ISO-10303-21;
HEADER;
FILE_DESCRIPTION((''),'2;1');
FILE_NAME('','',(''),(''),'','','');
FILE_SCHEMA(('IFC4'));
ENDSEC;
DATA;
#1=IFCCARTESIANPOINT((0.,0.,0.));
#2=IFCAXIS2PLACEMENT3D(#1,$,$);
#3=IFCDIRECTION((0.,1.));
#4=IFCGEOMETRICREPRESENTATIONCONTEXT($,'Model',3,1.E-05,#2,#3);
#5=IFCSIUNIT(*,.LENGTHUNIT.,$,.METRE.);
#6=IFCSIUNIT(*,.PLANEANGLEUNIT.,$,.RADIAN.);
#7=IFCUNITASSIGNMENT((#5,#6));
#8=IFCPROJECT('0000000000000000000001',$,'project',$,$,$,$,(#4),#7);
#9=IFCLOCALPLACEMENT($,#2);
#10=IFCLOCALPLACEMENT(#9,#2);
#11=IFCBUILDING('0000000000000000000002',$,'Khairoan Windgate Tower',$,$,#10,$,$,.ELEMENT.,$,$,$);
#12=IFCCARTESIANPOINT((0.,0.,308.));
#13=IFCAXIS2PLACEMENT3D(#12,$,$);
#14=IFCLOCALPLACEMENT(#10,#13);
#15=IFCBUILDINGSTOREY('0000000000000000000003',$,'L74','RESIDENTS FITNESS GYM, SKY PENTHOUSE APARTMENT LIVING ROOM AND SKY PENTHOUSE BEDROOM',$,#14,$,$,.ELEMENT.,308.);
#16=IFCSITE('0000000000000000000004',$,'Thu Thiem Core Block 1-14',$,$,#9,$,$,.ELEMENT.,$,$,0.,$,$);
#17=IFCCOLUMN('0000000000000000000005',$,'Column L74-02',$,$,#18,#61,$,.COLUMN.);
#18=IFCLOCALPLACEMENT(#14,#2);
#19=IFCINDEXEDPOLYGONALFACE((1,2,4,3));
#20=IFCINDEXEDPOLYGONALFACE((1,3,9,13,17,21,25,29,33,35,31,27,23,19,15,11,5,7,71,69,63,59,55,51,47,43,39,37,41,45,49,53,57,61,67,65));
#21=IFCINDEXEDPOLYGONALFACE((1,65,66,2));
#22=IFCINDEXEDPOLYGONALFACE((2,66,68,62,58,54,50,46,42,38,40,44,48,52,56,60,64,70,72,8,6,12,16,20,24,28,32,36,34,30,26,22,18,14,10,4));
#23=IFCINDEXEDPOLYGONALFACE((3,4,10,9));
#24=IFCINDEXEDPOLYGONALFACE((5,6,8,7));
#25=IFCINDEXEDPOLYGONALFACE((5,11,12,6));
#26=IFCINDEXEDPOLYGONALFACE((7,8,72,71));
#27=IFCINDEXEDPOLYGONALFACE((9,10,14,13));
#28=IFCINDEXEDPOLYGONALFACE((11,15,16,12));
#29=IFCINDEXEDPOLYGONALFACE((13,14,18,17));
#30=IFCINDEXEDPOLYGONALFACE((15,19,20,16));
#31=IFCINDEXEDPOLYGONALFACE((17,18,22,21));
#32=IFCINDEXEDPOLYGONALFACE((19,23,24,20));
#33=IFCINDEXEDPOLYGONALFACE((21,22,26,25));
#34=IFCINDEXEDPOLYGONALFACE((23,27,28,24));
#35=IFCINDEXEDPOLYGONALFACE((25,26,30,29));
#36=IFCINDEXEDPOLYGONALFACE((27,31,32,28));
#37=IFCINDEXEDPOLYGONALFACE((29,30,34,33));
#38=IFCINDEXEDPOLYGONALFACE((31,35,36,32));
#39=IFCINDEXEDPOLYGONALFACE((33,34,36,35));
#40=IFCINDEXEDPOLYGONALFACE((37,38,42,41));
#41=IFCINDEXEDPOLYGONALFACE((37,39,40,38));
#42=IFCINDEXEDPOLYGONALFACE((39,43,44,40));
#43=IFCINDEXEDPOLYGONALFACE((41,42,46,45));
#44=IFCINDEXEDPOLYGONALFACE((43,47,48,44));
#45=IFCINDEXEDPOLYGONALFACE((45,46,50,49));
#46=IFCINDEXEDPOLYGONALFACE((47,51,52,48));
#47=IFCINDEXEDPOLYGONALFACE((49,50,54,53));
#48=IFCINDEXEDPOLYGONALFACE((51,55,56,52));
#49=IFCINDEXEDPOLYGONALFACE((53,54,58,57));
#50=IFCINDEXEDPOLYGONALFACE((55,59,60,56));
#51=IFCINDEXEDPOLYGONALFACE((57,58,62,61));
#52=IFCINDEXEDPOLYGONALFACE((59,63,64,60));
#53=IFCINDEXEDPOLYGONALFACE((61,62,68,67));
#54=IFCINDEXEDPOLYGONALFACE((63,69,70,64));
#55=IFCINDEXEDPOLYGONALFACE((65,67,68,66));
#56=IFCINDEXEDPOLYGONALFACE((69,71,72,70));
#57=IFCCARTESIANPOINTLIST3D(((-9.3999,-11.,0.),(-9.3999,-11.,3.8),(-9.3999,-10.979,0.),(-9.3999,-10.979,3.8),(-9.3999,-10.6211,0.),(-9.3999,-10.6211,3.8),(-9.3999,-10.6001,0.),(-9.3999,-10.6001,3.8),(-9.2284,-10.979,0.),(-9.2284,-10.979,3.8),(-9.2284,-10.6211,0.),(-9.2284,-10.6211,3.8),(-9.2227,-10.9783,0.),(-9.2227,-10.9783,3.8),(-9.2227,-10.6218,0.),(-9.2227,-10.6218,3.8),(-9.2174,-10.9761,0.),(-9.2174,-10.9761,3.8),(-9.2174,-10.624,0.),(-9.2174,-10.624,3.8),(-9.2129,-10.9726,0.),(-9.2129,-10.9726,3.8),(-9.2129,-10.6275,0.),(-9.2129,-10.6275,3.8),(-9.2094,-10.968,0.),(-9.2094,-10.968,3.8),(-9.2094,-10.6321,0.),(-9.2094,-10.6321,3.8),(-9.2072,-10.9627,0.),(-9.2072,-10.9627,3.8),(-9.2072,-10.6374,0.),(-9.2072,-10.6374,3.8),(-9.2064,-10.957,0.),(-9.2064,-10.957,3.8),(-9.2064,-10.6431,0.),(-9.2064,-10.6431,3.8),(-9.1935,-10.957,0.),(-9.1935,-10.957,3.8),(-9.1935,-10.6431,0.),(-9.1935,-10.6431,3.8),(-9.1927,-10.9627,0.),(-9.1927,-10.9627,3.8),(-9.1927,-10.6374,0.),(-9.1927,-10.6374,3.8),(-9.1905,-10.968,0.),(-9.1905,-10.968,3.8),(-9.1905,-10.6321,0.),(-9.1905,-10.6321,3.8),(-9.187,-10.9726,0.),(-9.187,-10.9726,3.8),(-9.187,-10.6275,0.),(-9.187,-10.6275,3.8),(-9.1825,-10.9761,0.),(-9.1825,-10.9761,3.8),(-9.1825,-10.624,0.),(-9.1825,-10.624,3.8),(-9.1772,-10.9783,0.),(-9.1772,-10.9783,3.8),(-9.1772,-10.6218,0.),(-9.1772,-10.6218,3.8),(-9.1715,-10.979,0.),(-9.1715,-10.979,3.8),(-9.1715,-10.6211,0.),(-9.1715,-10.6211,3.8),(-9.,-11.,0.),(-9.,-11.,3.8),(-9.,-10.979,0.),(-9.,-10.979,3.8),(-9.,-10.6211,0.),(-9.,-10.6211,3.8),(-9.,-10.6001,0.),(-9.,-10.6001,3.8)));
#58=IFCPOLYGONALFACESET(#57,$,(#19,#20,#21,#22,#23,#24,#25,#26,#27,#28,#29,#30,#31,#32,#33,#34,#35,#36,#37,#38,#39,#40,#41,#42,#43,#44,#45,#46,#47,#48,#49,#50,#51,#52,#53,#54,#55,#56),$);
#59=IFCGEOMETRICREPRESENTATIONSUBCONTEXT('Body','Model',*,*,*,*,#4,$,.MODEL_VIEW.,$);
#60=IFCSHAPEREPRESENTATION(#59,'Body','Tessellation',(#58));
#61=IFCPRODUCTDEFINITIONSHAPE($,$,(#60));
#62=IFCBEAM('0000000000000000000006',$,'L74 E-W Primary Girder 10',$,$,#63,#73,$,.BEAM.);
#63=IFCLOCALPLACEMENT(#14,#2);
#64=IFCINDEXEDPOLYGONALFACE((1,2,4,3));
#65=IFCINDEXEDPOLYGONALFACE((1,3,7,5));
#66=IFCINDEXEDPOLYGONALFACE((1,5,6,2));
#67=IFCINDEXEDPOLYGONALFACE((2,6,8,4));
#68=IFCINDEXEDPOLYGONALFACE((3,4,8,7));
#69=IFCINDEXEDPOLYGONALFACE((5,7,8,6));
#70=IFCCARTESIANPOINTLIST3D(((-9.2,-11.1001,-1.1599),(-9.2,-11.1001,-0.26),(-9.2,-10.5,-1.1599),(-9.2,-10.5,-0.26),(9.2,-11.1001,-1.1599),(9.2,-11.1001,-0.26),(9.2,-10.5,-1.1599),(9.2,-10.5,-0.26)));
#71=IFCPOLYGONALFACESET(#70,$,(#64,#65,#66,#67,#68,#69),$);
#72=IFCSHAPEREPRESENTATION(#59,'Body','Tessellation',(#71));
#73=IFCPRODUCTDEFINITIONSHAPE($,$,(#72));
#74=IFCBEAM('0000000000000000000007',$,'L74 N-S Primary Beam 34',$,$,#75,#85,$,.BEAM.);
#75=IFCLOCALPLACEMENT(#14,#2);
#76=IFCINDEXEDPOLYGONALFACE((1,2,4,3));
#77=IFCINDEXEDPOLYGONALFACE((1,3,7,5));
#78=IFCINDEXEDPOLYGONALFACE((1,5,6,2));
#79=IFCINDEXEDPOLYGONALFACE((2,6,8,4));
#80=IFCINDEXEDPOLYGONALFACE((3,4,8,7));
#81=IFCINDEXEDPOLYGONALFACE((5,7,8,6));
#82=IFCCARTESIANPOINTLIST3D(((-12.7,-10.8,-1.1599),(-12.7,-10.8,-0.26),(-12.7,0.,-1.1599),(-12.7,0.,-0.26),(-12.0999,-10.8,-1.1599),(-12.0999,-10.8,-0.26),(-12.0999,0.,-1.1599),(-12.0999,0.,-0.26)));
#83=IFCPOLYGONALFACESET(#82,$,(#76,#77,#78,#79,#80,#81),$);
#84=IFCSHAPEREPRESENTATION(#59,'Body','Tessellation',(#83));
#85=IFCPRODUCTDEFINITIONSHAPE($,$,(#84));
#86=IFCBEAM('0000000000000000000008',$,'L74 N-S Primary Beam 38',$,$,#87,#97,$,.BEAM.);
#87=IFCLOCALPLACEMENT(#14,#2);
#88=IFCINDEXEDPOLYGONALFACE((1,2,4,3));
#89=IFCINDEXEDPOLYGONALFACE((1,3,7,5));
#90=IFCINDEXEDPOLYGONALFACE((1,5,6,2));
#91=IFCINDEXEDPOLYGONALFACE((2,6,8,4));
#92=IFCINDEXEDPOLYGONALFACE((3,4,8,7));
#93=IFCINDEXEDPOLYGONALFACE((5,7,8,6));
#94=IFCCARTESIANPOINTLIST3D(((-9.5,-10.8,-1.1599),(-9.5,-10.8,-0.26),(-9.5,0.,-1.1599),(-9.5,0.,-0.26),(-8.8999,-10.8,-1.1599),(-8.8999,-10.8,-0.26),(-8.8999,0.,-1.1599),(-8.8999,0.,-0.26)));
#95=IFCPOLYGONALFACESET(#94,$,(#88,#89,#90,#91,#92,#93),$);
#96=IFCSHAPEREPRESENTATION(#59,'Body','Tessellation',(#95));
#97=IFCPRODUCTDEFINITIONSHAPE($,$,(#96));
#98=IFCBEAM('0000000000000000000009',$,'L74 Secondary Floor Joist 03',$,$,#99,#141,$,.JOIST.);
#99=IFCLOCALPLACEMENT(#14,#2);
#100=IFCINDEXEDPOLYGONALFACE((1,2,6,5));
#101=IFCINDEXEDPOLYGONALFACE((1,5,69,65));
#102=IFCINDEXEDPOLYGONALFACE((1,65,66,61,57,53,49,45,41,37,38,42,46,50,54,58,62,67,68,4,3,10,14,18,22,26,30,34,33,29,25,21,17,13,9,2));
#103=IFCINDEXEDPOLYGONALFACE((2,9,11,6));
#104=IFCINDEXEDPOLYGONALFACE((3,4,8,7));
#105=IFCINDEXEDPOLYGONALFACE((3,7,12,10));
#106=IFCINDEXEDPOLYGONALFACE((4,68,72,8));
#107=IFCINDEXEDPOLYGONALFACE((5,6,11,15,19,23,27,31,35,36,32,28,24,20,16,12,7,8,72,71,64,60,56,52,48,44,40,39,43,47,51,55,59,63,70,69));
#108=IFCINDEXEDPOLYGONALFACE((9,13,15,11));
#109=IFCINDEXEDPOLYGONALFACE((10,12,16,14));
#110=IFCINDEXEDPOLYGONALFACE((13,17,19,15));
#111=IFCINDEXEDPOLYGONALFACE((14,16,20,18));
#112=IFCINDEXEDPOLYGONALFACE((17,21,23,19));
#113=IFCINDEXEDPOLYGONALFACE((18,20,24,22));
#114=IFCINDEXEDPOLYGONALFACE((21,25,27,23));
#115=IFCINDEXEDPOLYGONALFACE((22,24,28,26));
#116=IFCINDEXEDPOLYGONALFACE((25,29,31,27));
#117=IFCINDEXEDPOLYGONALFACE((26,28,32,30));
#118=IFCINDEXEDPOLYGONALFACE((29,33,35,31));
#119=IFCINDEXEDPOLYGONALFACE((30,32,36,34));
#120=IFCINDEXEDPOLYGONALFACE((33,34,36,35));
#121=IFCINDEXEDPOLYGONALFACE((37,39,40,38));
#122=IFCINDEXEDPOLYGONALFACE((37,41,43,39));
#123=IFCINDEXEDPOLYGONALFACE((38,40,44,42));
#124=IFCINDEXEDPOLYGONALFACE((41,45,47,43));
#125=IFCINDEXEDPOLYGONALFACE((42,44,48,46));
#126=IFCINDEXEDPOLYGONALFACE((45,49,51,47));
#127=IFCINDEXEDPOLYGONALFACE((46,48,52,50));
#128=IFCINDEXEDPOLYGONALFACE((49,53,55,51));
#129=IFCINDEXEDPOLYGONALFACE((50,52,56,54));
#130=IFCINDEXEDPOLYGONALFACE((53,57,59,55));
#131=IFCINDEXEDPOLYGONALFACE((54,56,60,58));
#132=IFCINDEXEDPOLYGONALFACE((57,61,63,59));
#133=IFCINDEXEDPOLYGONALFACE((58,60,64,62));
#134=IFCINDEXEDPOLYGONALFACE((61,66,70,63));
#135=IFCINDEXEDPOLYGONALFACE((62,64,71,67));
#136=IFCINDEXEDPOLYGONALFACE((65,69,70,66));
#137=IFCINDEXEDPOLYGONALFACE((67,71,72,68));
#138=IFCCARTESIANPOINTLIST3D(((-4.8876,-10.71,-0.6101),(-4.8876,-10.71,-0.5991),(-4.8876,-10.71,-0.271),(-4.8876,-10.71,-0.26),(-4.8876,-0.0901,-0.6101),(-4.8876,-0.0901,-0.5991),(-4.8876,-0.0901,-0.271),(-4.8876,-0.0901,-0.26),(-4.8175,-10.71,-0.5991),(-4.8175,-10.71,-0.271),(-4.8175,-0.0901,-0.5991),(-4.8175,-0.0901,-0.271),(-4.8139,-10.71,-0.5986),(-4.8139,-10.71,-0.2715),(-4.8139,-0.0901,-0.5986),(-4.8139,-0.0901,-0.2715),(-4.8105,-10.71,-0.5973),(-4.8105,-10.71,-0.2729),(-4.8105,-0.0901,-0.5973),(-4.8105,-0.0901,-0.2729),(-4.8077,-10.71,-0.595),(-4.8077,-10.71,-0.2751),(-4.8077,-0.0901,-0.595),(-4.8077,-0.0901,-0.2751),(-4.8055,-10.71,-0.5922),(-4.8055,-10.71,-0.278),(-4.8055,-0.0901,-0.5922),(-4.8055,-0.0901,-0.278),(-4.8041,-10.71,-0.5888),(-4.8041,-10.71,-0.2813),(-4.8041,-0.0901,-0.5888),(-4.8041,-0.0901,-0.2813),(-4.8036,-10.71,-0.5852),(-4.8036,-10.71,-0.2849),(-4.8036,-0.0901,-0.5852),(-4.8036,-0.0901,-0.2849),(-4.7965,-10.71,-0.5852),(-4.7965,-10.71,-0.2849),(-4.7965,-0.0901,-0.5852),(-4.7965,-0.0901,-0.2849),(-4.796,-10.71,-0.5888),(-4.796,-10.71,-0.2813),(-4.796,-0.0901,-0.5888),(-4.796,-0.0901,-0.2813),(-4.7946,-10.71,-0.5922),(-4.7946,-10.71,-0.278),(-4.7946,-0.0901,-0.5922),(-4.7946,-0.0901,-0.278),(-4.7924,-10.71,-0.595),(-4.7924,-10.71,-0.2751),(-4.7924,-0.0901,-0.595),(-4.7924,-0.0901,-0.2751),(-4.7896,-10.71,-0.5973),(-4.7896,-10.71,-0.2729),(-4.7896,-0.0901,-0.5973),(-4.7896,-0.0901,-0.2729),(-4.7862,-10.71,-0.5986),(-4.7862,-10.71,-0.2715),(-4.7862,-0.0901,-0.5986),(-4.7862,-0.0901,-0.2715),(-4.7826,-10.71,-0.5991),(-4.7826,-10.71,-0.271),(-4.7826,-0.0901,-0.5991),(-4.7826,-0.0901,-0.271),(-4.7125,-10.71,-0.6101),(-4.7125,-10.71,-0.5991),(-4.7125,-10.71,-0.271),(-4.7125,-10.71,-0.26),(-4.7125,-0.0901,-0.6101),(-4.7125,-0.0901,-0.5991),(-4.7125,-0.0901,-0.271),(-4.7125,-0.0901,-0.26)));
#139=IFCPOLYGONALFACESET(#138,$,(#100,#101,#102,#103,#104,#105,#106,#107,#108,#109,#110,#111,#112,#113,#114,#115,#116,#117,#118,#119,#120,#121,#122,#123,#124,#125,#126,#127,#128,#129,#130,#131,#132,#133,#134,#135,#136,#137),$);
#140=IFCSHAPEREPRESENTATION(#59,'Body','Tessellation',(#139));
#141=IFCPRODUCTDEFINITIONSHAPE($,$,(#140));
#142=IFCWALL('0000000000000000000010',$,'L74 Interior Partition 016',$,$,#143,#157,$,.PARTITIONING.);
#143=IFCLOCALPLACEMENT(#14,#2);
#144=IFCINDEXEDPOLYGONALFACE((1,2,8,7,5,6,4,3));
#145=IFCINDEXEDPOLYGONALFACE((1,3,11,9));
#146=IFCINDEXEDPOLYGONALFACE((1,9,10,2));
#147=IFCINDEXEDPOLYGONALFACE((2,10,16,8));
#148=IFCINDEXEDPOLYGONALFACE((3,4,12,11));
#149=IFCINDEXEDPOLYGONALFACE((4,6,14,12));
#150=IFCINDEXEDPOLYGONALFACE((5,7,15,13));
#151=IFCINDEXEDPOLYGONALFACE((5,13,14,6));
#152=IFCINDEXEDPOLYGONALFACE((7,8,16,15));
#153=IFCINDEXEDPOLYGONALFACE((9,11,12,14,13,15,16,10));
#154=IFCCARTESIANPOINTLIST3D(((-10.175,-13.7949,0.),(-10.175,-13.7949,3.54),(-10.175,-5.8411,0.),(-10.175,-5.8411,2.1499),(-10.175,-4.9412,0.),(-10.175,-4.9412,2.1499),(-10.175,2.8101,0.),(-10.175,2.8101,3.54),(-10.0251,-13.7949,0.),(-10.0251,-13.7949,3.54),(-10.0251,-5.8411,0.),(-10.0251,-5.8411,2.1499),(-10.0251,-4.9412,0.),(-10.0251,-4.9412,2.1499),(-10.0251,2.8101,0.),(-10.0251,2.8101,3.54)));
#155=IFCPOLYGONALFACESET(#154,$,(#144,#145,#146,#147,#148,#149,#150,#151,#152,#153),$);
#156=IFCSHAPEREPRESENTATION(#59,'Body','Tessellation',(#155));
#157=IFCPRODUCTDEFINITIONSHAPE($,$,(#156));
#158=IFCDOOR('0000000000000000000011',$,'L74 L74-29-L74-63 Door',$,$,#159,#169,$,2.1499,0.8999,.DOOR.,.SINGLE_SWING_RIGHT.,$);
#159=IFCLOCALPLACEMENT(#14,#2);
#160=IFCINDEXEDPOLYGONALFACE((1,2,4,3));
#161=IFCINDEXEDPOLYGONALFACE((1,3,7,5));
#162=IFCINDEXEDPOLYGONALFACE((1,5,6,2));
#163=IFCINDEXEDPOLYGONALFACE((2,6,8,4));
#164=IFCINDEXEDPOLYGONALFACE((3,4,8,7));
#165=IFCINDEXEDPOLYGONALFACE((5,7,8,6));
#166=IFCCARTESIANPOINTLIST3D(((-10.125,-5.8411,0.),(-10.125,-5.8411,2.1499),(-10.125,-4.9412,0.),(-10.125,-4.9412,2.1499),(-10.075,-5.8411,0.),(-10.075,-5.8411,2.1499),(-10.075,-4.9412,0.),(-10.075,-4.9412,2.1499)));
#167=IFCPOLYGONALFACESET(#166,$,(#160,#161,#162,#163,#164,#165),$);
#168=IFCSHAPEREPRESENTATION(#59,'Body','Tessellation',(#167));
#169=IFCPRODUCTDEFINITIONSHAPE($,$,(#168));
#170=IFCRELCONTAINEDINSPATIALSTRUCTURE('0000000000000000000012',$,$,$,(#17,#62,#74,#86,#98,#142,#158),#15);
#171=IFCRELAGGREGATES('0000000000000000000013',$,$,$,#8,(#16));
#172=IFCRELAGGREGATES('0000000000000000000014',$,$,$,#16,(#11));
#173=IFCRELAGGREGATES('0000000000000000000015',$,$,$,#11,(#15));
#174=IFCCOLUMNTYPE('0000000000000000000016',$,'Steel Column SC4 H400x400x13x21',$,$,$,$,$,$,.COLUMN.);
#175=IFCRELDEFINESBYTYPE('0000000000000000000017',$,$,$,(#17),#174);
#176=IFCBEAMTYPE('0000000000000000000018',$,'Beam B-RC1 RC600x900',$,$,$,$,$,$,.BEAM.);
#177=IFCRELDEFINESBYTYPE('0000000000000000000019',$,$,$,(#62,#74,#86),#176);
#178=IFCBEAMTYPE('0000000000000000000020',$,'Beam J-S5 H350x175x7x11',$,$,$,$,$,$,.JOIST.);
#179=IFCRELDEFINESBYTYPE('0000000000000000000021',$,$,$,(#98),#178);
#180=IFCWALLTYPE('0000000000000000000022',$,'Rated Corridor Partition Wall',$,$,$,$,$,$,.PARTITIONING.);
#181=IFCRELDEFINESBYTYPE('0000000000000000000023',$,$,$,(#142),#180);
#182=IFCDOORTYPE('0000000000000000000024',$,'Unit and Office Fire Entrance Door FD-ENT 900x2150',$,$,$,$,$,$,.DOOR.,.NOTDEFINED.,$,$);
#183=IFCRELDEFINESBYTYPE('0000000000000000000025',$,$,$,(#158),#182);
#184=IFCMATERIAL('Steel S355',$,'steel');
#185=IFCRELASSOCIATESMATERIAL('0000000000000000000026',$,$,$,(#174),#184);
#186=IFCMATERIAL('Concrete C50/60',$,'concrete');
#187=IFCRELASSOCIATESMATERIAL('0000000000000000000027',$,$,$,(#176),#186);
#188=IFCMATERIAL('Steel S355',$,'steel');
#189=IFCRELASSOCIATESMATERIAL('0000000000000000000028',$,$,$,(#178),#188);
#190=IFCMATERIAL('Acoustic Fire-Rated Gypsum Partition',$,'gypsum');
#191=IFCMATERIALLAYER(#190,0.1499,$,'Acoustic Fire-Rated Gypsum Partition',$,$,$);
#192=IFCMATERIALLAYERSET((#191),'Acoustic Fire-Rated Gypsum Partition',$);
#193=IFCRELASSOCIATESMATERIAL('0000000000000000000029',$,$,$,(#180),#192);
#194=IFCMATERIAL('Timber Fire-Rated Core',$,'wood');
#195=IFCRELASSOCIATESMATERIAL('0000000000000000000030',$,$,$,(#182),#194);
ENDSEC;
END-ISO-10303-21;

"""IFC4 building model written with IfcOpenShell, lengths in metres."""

from ifc_helpers import new_model, si_unit, direction, frame, frame_2d, origin, origin_2d, place, context, subcontext, project, spatial, rectangle, i_section, extrude, material, layer, layer_set, material_profile, profile_set, type_object, element, fill, save


model = new_model("IFC4")

# Units and contexts
model_context = context("Model", 3, precision=1e-05, world=origin(), true_north=direction((0.0, 1.0)))
body_context = subcontext(model_context, "Body", "Model", "MODEL_VIEW")
ifc_project = project(units=[si_unit("LENGTHUNIT", "METRE"), si_unit("PLANEANGLEUNIT", "RADIAN")], contexts=[model_context])

# Site, building, storey
site_placement = place(None, origin())
site = spatial("IfcSite", under=ifc_project, at=site_placement, Name="Thu Thiem Core Block 1-14", CompositionType="ELEMENT", RefElevation=0.0)
building_placement = place(site_placement, origin())
building = spatial("IfcBuilding", under=site, at=building_placement, Name="Khairoan Windgate Tower", CompositionType="ELEMENT")
storey_placement = place(building_placement, frame((0.0, 0.0, 308.0)))
storey = spatial("IfcBuildingStorey", under=building, at=storey_placement, Name="L74", Description="RESIDENTS FITNESS GYM, SKY PENTHOUSE APARTMENT LIVING ROOM AND SKY PENTHOUSE BEDROOM", CompositionType="ELEMENT", Elevation=308.0)

# Column
ifc_material_1 = material(Name="Steel S355", Category="steel")
ifc_material_profile_1 = material_profile(ifc_material_1, i_section(OverallWidth=0.3999, OverallDepth=0.3999, WebThickness=0.0129, FlangeThickness=0.021, FilletRadius=0.022, at=origin_2d()))
ifc_profile_set_1 = profile_set([ifc_material_profile_1], Name="Steel S355")
column_type = type_object("IfcColumnType", Name="Steel Column SC4 H400x400x13x21", PredefinedType="COLUMN", material=ifc_profile_set_1)
column_placement = place(storey_placement, frame((-9.2, -10.8, 0.0), z_axis=(0.0, 0.0, 1.0), x_axis=(1.0, 0.0, 0.0)))
element("IfcColumn", 1, at=column_placement, inside=storey, type_object=column_type, Name="Column L74-02", PredefinedType="COLUMN", context=body_context, shape_type="SweptSolid", body=[
    extrude(i_section(OverallWidth=0.3999, OverallDepth=0.3999, WebThickness=0.0129, FlangeThickness=0.021, FilletRadius=0.022, at=origin_2d()), origin(), (0.0, 0.0, 1.0), 3.8),
])

# Beams
ifc_material_2 = material(Name="Concrete C50/60", Category="concrete")
ifc_material_profile_2 = material_profile(ifc_material_2, rectangle(XDim=0.6001, YDim=0.8999, at=origin_2d()))
ifc_profile_set_2 = profile_set([ifc_material_profile_2], Name="Concrete C50/60")
beam_type_1 = type_object("IfcBeamType", Name="Beam B-RC1 RC600x900", PredefinedType="BEAM", material=ifc_profile_set_2)
beam_1_placement = place(storey_placement, frame((-9.2, -10.8, -0.71), z_axis=(1.0, 0.0, 0.0), x_axis=(0.0, 1.0, 0.0)))
element("IfcBeam", 2, at=beam_1_placement, inside=storey, type_object=beam_type_1, Name="L74 E-W Primary Girder 10", PredefinedType="BEAM", context=body_context, shape_type="SweptSolid", body=[
    extrude(rectangle(XDim=0.6001, YDim=0.8999, at=origin_2d()), origin(), (0.0, 0.0, 1.0), 18.3999),
])
for number, where, z_axis, x_axis, name in (
    (3, (-12.3999, -10.8, -0.71), (0.0, 1.0, 0.0), (-1.0, 0.0, 0.0), "L74 N-S Primary Beam 34"),
    (4, (-9.2, -10.8, -0.71), (0.0, 1.0, 0.0), (-1.0, 0.0, 0.0), "L74 N-S Primary Beam 38"),
):
    element("IfcBeam", number, at=place(storey_placement, frame(where, z_axis=z_axis, x_axis=x_axis)), inside=storey, type_object=beam_type_1, Name=name, PredefinedType="BEAM", context=body_context, shape_type="SweptSolid", body=[
        extrude(rectangle(XDim=0.6001, YDim=0.8999, at=origin_2d()), origin(), (0.0, 0.0, 1.0), 10.8),
    ])
ifc_material_3 = material(Name="Steel S355", Category="steel")
ifc_material_profile_3 = material_profile(ifc_material_3, i_section(OverallWidth=0.175, OverallDepth=0.3501, WebThickness=0.0071, FlangeThickness=0.011, FilletRadius=0.0139, at=origin_2d()))
ifc_profile_set_3 = profile_set([ifc_material_profile_3], Name="Steel S355")
beam_type_2 = type_object("IfcBeamType", Name="Beam J-S5 H350x175x7x11", PredefinedType="JOIST", material=ifc_profile_set_3)
beam_2_placement = place(storey_placement, frame((-4.8, -10.71, -0.4351), z_axis=(0.0, 1.0, 0.0), x_axis=(-1.0, 0.0, 0.0)))
element("IfcBeam", 5, at=beam_2_placement, inside=storey, type_object=beam_type_2, Name="L74 Secondary Floor Joist 03", PredefinedType="JOIST", context=body_context, shape_type="SweptSolid", body=[
    extrude(i_section(OverallWidth=0.175, OverallDepth=0.3501, WebThickness=0.0071, FlangeThickness=0.011, FilletRadius=0.0139, at=origin_2d()), origin(), (0.0, 0.0, 1.0), 10.6199),
])

# Wall, opening, door
ifc_material_4 = material(Name="Acoustic Fire-Rated Gypsum Partition", Category="gypsum")
ifc_layer_1 = layer(ifc_material_4, 0.1499, Name="Acoustic Fire-Rated Gypsum Partition")
ifc_layer_set_1 = layer_set([ifc_layer_1], Name="Acoustic Fire-Rated Gypsum Partition")
wall_type_1 = type_object("IfcWallType", Name="Rated Corridor Partition Wall", PredefinedType="PARTITIONING", material=ifc_layer_set_1)
wall_1_placement = place(storey_placement, frame((-10.1001, -13.7949, 0.0), z_axis=(0.0, 0.0, 1.0), x_axis=(0.0, 1.0, 0.0)))
wall_1 = element("IfcWall", 6, at=wall_1_placement, inside=storey, type_object=wall_type_1, Name="L74 Interior Partition 016", PredefinedType="PARTITIONING", context=body_context, shape_type="SweptSolid", body=[
    extrude(rectangle(XDim=16.605, YDim=0.1499, at=frame_2d((8.3025, 0.0))), origin(), (0.0, 0.0, 1.0), 3.54),
])
opening_1_placement = place(wall_1_placement, frame((7.9539, 0.0, 0.0)))
opening_1 = element("IfcOpeningElement", 7, at=opening_1_placement, cuts=wall_1, PredefinedType="OPENING", context=body_context, shape_type="SweptSolid", body=[
    extrude(rectangle(XDim=0.8999, YDim=2.1499, at=frame_2d((0.45, 1.075))), frame((0.0, 0.085, 0.0), z_axis=(0.0, -1.0, 0.0), x_axis=(1.0, 0.0, 0.0)), (0.0, 0.0, 1.0), 0.1699),
])
ifc_material_5 = material(Name="Timber Fire-Rated Core", Category="wood")
door_type_1 = type_object("IfcDoorType", Name="Unit and Office Fire Entrance Door FD-ENT 900x2150", OperationType="NOTDEFINED", PredefinedType="DOOR", material=ifc_material_5)
door_1_placement = place(opening_1_placement, origin())
door_1 = element("IfcDoor", 8, at=door_1_placement, inside=storey, type_object=door_type_1, Name="L74 L74-29-L74-63 Door", OperationType="SINGLE_SWING_RIGHT", OverallHeight=2.1499, OverallWidth=0.8999, PredefinedType="DOOR", context=body_context, shape_type="SweptSolid", body=[
    extrude(rectangle(XDim=0.8999, YDim=2.1499, at=frame_2d((0.45, 1.075))), frame((0.0, 0.0249, 0.0), z_axis=(0.0, -1.0, 0.0), x_axis=(1.0, 0.0, 0.0)), (0.0, 0.0, 1.0), 0.05),
])
fill(opening_1, door_1)

save(model, "model.ifc")
